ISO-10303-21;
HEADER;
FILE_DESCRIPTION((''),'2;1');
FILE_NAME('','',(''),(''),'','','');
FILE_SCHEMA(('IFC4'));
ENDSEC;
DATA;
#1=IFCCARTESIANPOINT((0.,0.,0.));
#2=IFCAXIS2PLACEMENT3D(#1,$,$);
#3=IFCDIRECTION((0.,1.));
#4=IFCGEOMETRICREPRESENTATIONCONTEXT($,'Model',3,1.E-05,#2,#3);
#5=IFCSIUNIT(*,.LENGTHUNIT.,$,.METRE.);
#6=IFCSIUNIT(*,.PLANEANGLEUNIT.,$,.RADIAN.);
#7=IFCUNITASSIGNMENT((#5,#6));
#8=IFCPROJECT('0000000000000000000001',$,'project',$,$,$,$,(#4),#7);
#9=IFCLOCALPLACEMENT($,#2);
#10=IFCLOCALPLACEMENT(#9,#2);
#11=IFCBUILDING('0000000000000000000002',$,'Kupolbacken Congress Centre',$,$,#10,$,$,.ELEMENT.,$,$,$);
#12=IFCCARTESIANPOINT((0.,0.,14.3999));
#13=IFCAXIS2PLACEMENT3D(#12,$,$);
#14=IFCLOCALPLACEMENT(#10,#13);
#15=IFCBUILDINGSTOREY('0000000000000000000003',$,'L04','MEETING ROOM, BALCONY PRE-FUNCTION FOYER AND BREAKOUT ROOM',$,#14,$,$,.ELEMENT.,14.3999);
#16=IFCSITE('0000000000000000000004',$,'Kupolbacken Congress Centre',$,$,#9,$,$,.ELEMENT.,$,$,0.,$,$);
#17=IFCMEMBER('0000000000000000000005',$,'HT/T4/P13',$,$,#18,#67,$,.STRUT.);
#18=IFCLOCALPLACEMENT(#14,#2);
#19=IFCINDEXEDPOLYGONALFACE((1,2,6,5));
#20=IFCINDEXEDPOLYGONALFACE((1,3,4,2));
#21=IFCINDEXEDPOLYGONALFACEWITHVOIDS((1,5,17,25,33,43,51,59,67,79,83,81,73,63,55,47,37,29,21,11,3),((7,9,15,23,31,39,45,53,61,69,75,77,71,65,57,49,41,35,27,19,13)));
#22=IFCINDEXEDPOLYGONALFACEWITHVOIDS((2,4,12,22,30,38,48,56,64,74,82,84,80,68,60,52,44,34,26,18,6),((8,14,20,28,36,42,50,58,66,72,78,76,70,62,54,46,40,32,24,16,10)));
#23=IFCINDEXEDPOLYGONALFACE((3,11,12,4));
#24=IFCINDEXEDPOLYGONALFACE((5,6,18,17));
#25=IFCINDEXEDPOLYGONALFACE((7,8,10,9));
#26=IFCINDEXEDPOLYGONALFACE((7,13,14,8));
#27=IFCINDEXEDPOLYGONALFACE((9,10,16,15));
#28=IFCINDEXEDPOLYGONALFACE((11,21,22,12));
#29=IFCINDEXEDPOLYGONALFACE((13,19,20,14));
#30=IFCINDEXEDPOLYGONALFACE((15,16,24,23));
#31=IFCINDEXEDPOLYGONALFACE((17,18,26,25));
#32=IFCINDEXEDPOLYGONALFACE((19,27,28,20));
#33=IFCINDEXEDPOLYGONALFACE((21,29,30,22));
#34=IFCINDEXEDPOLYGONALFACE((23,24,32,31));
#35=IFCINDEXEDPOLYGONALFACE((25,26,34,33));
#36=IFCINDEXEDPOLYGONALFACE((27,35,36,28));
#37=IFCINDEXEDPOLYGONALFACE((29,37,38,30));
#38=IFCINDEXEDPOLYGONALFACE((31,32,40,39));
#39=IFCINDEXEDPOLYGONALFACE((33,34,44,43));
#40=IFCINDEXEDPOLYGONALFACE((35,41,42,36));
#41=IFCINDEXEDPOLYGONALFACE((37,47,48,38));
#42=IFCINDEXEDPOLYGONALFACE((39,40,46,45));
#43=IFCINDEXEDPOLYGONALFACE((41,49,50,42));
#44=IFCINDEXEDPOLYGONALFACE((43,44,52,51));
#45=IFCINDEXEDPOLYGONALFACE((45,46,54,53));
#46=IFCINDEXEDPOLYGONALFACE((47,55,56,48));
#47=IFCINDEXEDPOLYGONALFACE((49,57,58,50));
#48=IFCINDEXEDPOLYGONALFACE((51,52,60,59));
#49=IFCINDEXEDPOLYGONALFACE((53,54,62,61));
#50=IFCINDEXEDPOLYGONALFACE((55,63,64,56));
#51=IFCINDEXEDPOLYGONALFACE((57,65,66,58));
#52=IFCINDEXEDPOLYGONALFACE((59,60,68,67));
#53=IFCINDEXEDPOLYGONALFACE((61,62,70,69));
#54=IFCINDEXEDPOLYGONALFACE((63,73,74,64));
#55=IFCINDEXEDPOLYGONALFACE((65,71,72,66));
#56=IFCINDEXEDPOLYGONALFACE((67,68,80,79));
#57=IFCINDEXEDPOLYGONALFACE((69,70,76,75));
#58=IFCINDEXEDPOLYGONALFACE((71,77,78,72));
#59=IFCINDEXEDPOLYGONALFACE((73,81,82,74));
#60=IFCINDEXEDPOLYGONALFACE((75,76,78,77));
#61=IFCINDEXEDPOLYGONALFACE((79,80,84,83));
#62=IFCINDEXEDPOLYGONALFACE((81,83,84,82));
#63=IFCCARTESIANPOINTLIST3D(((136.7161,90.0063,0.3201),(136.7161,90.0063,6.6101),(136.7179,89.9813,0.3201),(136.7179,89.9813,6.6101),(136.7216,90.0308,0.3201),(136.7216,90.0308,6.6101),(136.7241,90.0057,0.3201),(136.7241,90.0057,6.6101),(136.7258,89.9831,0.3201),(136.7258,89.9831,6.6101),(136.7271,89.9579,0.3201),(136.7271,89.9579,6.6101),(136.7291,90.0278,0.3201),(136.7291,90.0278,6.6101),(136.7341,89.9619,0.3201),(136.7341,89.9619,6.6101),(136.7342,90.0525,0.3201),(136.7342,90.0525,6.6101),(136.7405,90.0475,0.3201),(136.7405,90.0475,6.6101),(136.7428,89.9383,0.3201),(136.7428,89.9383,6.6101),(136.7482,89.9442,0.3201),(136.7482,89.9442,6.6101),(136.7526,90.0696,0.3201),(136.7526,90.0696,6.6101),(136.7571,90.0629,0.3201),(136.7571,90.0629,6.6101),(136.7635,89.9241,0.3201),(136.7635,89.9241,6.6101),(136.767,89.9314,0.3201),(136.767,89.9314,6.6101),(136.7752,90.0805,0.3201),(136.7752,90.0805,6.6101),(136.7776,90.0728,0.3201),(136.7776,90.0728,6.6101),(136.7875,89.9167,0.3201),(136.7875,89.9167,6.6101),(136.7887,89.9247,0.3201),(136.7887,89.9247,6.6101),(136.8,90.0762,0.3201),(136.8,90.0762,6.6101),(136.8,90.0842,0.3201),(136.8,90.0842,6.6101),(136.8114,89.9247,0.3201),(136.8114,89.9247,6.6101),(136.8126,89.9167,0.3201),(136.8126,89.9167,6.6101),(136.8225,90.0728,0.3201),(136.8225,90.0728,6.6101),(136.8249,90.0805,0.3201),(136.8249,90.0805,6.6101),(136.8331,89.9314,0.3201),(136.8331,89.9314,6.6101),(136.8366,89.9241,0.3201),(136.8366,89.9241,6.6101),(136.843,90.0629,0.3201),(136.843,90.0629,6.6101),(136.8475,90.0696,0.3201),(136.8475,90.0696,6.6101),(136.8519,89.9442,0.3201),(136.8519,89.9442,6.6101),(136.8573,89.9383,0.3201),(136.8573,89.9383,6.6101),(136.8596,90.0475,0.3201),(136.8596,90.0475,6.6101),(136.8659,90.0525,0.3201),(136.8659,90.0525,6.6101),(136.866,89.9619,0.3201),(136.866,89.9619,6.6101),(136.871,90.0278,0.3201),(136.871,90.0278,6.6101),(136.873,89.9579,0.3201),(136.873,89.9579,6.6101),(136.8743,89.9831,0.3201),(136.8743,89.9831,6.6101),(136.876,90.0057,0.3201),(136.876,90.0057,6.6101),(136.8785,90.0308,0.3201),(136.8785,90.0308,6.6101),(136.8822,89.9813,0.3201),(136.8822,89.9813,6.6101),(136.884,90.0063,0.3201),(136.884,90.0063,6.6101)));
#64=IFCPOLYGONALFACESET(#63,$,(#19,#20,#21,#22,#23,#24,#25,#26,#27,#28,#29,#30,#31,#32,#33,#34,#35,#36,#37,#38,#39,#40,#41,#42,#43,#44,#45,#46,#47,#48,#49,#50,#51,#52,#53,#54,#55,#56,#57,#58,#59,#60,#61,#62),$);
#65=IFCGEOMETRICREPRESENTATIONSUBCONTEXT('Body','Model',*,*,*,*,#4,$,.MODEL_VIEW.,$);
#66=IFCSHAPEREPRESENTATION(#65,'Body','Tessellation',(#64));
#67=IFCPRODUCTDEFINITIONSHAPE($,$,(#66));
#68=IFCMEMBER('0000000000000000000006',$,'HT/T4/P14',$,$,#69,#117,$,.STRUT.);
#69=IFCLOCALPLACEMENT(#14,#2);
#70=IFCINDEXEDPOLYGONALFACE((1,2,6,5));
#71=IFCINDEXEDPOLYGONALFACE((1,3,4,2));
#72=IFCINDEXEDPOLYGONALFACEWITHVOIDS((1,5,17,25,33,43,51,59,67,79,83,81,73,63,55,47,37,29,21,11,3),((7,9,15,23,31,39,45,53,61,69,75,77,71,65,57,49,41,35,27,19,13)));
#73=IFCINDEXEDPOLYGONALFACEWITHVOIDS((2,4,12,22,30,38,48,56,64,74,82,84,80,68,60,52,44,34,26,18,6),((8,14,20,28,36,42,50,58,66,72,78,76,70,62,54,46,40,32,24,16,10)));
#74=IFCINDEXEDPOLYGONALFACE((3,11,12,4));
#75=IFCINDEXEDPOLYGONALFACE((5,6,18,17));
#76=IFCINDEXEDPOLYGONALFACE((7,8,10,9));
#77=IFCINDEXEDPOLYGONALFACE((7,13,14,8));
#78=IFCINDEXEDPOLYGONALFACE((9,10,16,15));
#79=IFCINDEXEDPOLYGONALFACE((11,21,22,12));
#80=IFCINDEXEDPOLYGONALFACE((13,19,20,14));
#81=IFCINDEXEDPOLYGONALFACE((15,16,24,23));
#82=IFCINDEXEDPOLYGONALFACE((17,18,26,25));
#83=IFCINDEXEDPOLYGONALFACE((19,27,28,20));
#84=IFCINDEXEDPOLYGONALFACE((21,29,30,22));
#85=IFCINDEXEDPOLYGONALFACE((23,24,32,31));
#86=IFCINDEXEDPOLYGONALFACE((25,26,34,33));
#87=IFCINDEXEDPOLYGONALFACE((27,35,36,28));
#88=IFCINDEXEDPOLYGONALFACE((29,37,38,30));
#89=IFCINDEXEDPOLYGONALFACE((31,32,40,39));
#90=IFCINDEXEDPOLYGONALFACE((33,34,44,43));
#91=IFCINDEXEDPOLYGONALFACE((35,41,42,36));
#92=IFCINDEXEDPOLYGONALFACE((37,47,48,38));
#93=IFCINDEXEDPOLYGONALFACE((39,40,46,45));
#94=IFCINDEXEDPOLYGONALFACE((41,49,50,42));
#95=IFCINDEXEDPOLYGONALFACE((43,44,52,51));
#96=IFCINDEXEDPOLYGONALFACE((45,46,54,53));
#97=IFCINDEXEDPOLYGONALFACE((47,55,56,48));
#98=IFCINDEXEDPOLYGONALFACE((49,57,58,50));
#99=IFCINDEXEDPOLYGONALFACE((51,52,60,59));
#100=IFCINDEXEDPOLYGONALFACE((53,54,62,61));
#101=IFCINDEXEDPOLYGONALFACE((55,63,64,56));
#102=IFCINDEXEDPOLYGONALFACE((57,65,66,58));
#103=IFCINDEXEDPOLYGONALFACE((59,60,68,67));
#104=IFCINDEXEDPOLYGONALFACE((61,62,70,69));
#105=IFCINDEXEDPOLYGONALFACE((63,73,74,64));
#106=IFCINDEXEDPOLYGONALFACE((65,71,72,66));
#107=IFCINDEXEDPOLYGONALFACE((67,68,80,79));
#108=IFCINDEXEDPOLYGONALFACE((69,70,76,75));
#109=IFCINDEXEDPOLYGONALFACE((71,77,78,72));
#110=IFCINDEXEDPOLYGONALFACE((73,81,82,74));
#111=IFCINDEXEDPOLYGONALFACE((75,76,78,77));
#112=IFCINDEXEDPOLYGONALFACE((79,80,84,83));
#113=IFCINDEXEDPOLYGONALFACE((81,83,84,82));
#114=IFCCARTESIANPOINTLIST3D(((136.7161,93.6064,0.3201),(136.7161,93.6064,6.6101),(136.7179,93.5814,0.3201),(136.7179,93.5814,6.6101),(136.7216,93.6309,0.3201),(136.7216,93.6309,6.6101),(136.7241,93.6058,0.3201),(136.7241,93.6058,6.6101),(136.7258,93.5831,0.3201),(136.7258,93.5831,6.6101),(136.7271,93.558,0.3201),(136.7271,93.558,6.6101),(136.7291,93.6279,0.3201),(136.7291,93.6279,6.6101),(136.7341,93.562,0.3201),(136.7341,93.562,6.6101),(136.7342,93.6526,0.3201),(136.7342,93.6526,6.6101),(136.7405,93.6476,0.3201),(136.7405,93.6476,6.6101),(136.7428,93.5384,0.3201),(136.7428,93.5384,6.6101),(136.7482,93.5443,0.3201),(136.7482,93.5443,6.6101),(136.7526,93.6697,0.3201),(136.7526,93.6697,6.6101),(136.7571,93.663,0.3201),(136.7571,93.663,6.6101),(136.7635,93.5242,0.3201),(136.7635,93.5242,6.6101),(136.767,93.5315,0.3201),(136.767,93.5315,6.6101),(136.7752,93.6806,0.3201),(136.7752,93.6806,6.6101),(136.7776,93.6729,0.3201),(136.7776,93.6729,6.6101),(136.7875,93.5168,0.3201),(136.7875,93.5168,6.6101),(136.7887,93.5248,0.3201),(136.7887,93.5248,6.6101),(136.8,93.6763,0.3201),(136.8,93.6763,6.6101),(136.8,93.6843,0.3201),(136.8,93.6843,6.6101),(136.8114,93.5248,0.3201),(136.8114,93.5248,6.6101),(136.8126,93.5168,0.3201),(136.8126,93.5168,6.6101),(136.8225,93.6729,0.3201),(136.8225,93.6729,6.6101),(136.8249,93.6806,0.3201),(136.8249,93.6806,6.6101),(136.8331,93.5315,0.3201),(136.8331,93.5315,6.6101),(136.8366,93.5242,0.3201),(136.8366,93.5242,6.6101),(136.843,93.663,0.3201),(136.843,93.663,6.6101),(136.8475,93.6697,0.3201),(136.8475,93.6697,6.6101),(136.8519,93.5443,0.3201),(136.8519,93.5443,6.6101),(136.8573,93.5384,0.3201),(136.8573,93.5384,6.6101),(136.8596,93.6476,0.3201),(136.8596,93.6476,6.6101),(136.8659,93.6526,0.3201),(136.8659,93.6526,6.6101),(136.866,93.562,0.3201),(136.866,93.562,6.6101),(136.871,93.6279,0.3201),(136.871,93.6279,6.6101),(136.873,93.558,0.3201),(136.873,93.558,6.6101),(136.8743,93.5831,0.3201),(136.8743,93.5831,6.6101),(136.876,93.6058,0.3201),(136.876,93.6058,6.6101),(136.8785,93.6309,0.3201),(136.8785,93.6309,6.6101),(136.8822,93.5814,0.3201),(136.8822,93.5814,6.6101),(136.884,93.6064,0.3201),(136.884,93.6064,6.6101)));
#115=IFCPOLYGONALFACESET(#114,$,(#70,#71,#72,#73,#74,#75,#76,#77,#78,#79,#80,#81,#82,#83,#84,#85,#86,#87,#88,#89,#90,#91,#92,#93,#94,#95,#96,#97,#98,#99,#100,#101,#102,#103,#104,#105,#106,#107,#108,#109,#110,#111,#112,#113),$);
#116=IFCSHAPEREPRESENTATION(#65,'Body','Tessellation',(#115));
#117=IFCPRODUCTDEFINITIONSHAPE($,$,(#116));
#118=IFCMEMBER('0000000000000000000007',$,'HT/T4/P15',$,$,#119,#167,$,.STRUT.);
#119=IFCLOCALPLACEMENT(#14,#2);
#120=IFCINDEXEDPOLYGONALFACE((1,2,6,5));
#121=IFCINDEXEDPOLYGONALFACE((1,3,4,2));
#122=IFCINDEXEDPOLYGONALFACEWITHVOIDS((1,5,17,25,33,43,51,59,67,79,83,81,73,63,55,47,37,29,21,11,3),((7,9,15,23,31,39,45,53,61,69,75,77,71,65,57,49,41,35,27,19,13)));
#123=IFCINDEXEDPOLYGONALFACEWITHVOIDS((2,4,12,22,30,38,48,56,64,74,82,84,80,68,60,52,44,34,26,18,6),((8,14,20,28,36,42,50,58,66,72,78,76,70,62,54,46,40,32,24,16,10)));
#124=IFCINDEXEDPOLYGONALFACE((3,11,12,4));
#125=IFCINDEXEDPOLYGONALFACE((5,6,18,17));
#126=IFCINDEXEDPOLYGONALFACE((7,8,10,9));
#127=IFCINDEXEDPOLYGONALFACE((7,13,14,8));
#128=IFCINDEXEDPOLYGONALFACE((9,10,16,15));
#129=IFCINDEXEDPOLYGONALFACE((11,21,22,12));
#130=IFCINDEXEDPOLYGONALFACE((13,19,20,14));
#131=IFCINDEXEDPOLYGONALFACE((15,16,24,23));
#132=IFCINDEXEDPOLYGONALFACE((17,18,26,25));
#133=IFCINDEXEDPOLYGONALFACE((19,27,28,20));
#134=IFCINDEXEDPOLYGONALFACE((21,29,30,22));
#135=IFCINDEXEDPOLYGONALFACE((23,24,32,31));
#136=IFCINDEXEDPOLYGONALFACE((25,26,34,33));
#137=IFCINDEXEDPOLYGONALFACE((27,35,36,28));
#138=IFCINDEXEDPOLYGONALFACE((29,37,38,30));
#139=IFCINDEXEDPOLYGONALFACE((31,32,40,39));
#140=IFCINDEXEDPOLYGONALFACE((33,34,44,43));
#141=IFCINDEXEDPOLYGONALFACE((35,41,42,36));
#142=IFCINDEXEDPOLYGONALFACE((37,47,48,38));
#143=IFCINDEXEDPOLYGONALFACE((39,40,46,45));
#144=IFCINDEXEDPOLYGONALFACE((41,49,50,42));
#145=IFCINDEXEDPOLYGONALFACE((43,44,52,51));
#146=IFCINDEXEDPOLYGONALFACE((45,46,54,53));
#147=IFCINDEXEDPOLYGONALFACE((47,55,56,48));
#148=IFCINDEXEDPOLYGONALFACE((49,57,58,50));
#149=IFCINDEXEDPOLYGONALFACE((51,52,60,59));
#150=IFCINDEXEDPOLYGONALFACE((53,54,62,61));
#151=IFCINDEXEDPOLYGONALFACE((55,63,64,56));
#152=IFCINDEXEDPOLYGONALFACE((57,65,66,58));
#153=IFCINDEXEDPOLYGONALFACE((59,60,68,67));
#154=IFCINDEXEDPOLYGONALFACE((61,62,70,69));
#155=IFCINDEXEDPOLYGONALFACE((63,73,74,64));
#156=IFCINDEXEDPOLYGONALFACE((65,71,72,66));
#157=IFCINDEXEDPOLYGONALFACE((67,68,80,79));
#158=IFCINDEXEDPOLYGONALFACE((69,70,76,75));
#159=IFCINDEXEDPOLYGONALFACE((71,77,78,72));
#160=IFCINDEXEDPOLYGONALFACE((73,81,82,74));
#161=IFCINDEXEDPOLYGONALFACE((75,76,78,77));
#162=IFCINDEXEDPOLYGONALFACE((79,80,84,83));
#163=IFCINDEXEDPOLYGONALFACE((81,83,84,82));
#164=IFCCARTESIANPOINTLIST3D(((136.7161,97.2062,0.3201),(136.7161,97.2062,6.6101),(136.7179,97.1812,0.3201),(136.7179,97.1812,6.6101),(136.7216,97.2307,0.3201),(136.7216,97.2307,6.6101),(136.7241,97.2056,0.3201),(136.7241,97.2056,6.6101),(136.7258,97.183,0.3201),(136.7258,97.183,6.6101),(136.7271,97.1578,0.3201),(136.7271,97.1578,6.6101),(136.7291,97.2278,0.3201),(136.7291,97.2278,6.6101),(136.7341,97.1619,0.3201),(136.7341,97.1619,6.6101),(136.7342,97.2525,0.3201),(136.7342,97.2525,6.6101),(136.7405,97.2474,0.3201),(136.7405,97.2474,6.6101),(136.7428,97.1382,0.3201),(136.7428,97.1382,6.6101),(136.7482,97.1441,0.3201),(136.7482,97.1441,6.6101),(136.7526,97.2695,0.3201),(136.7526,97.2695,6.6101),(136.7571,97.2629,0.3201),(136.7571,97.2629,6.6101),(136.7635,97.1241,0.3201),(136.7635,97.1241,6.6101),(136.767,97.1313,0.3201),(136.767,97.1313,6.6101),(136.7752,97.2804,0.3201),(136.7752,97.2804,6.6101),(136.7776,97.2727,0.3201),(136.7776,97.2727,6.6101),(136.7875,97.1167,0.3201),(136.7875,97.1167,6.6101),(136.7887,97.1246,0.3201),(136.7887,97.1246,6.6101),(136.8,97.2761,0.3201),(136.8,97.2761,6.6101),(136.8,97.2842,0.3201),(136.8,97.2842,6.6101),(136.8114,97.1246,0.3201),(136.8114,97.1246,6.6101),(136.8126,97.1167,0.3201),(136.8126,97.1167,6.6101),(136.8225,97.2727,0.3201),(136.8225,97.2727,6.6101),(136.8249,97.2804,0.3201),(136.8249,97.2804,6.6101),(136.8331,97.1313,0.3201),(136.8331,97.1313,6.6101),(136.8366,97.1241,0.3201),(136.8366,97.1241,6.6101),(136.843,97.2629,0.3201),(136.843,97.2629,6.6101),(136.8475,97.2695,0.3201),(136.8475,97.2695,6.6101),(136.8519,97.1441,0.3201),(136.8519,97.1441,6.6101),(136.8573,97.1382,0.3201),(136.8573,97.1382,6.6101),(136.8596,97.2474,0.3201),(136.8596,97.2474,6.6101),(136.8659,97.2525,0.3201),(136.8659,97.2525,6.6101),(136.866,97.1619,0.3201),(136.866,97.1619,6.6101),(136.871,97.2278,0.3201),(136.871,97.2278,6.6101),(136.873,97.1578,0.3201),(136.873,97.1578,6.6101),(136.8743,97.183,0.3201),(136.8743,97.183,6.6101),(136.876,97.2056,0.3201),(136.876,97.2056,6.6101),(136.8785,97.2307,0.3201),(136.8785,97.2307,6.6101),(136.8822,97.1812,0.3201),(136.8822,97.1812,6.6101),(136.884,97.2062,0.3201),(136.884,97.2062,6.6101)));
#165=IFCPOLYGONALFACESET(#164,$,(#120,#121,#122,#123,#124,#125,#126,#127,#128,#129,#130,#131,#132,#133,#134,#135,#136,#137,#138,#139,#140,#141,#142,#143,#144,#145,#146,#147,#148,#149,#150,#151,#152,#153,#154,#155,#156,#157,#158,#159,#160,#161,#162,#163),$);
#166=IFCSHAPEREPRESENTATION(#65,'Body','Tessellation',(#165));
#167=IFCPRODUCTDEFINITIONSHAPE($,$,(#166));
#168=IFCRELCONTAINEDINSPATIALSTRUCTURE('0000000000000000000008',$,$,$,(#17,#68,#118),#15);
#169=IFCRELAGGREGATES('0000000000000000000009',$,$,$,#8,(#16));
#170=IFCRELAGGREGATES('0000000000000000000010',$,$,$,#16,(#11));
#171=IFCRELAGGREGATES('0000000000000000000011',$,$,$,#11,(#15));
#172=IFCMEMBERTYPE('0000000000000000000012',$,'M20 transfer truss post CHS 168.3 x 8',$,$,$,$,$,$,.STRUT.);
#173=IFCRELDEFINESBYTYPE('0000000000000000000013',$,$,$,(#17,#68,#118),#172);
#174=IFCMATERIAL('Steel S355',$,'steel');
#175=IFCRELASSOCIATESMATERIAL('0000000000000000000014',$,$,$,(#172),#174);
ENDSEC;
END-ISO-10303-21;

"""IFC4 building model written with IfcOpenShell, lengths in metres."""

from ifc_helpers import new_model, si_unit, direction, frame, origin, origin_2d, place, context, subcontext, project, spatial, hollow_circle, extrude, material, material_profile, profile_set, type_object, element, save


model = new_model("IFC4")

# Units and contexts
model_context = context("Model", 3, precision=1e-05, world=origin(), true_north=direction((0.0, 1.0)))
body_context = subcontext(model_context, "Body", "Model", "MODEL_VIEW")
ifc_project = project(units=[si_unit("LENGTHUNIT", "METRE"), si_unit("PLANEANGLEUNIT", "RADIAN")], contexts=[model_context])

# Site, building, storey
site_placement = place(None, origin())
site = spatial("IfcSite", under=ifc_project, at=site_placement, Name="Kupolbacken Congress Centre", CompositionType="ELEMENT", RefElevation=0.0)
building_placement = place(site_placement, origin())
building = spatial("IfcBuilding", under=site, at=building_placement, Name="Kupolbacken Congress Centre", CompositionType="ELEMENT")
storey_placement = place(building_placement, frame((0.0, 0.0, 14.3999)))
storey = spatial("IfcBuildingStorey", under=building, at=storey_placement, Name="L04", Description="MEETING ROOM, BALCONY PRE-FUNCTION FOYER AND BREAKOUT ROOM", CompositionType="ELEMENT", Elevation=14.3999)

# Members
ifc_material_1 = material(Name="Steel S355", Category="steel")
ifc_material_profile_1 = material_profile(ifc_material_1, hollow_circle(Radius=0.0842, WallThickness=0.0081, at=origin_2d()), Name="CHS 168.3 x 8")
ifc_profile_set_1 = profile_set([ifc_material_profile_1], Name="Steel S355")
member_type_1 = type_object("IfcMemberType", Name="M20 transfer truss post CHS 168.3 x 8", PredefinedType="STRUT", material=ifc_profile_set_1)
for number, where, z_axis, x_axis, name in (
    (1, (136.8, 90.0, 0.3201), (0.0, 0.0, 1.0), (0.0, 1.0, 0.0), "HT/T4/P13"),
    (2, (136.8, 93.6001, 0.3201), (0.0, 0.0, 1.0), (0.0, 1.0, 0.0), "HT/T4/P14"),
    (3, (136.8, 97.2, 0.3201), (0.0, 0.0, 1.0), (0.0, 1.0, 0.0), "HT/T4/P15"),
):
    element("IfcMember", number, at=place(storey_placement, frame(where, z_axis=z_axis, x_axis=x_axis)), inside=storey, type_object=member_type_1, Name=name, PredefinedType="STRUT", context=body_context, shape_type="SweptSolid", body=[
        extrude(hollow_circle(Radius=0.0842, WallThickness=0.0081, at=origin_2d()), origin(), (0.0, 0.0, 1.0), 6.29),
    ])

save(model, "model.ifc")
